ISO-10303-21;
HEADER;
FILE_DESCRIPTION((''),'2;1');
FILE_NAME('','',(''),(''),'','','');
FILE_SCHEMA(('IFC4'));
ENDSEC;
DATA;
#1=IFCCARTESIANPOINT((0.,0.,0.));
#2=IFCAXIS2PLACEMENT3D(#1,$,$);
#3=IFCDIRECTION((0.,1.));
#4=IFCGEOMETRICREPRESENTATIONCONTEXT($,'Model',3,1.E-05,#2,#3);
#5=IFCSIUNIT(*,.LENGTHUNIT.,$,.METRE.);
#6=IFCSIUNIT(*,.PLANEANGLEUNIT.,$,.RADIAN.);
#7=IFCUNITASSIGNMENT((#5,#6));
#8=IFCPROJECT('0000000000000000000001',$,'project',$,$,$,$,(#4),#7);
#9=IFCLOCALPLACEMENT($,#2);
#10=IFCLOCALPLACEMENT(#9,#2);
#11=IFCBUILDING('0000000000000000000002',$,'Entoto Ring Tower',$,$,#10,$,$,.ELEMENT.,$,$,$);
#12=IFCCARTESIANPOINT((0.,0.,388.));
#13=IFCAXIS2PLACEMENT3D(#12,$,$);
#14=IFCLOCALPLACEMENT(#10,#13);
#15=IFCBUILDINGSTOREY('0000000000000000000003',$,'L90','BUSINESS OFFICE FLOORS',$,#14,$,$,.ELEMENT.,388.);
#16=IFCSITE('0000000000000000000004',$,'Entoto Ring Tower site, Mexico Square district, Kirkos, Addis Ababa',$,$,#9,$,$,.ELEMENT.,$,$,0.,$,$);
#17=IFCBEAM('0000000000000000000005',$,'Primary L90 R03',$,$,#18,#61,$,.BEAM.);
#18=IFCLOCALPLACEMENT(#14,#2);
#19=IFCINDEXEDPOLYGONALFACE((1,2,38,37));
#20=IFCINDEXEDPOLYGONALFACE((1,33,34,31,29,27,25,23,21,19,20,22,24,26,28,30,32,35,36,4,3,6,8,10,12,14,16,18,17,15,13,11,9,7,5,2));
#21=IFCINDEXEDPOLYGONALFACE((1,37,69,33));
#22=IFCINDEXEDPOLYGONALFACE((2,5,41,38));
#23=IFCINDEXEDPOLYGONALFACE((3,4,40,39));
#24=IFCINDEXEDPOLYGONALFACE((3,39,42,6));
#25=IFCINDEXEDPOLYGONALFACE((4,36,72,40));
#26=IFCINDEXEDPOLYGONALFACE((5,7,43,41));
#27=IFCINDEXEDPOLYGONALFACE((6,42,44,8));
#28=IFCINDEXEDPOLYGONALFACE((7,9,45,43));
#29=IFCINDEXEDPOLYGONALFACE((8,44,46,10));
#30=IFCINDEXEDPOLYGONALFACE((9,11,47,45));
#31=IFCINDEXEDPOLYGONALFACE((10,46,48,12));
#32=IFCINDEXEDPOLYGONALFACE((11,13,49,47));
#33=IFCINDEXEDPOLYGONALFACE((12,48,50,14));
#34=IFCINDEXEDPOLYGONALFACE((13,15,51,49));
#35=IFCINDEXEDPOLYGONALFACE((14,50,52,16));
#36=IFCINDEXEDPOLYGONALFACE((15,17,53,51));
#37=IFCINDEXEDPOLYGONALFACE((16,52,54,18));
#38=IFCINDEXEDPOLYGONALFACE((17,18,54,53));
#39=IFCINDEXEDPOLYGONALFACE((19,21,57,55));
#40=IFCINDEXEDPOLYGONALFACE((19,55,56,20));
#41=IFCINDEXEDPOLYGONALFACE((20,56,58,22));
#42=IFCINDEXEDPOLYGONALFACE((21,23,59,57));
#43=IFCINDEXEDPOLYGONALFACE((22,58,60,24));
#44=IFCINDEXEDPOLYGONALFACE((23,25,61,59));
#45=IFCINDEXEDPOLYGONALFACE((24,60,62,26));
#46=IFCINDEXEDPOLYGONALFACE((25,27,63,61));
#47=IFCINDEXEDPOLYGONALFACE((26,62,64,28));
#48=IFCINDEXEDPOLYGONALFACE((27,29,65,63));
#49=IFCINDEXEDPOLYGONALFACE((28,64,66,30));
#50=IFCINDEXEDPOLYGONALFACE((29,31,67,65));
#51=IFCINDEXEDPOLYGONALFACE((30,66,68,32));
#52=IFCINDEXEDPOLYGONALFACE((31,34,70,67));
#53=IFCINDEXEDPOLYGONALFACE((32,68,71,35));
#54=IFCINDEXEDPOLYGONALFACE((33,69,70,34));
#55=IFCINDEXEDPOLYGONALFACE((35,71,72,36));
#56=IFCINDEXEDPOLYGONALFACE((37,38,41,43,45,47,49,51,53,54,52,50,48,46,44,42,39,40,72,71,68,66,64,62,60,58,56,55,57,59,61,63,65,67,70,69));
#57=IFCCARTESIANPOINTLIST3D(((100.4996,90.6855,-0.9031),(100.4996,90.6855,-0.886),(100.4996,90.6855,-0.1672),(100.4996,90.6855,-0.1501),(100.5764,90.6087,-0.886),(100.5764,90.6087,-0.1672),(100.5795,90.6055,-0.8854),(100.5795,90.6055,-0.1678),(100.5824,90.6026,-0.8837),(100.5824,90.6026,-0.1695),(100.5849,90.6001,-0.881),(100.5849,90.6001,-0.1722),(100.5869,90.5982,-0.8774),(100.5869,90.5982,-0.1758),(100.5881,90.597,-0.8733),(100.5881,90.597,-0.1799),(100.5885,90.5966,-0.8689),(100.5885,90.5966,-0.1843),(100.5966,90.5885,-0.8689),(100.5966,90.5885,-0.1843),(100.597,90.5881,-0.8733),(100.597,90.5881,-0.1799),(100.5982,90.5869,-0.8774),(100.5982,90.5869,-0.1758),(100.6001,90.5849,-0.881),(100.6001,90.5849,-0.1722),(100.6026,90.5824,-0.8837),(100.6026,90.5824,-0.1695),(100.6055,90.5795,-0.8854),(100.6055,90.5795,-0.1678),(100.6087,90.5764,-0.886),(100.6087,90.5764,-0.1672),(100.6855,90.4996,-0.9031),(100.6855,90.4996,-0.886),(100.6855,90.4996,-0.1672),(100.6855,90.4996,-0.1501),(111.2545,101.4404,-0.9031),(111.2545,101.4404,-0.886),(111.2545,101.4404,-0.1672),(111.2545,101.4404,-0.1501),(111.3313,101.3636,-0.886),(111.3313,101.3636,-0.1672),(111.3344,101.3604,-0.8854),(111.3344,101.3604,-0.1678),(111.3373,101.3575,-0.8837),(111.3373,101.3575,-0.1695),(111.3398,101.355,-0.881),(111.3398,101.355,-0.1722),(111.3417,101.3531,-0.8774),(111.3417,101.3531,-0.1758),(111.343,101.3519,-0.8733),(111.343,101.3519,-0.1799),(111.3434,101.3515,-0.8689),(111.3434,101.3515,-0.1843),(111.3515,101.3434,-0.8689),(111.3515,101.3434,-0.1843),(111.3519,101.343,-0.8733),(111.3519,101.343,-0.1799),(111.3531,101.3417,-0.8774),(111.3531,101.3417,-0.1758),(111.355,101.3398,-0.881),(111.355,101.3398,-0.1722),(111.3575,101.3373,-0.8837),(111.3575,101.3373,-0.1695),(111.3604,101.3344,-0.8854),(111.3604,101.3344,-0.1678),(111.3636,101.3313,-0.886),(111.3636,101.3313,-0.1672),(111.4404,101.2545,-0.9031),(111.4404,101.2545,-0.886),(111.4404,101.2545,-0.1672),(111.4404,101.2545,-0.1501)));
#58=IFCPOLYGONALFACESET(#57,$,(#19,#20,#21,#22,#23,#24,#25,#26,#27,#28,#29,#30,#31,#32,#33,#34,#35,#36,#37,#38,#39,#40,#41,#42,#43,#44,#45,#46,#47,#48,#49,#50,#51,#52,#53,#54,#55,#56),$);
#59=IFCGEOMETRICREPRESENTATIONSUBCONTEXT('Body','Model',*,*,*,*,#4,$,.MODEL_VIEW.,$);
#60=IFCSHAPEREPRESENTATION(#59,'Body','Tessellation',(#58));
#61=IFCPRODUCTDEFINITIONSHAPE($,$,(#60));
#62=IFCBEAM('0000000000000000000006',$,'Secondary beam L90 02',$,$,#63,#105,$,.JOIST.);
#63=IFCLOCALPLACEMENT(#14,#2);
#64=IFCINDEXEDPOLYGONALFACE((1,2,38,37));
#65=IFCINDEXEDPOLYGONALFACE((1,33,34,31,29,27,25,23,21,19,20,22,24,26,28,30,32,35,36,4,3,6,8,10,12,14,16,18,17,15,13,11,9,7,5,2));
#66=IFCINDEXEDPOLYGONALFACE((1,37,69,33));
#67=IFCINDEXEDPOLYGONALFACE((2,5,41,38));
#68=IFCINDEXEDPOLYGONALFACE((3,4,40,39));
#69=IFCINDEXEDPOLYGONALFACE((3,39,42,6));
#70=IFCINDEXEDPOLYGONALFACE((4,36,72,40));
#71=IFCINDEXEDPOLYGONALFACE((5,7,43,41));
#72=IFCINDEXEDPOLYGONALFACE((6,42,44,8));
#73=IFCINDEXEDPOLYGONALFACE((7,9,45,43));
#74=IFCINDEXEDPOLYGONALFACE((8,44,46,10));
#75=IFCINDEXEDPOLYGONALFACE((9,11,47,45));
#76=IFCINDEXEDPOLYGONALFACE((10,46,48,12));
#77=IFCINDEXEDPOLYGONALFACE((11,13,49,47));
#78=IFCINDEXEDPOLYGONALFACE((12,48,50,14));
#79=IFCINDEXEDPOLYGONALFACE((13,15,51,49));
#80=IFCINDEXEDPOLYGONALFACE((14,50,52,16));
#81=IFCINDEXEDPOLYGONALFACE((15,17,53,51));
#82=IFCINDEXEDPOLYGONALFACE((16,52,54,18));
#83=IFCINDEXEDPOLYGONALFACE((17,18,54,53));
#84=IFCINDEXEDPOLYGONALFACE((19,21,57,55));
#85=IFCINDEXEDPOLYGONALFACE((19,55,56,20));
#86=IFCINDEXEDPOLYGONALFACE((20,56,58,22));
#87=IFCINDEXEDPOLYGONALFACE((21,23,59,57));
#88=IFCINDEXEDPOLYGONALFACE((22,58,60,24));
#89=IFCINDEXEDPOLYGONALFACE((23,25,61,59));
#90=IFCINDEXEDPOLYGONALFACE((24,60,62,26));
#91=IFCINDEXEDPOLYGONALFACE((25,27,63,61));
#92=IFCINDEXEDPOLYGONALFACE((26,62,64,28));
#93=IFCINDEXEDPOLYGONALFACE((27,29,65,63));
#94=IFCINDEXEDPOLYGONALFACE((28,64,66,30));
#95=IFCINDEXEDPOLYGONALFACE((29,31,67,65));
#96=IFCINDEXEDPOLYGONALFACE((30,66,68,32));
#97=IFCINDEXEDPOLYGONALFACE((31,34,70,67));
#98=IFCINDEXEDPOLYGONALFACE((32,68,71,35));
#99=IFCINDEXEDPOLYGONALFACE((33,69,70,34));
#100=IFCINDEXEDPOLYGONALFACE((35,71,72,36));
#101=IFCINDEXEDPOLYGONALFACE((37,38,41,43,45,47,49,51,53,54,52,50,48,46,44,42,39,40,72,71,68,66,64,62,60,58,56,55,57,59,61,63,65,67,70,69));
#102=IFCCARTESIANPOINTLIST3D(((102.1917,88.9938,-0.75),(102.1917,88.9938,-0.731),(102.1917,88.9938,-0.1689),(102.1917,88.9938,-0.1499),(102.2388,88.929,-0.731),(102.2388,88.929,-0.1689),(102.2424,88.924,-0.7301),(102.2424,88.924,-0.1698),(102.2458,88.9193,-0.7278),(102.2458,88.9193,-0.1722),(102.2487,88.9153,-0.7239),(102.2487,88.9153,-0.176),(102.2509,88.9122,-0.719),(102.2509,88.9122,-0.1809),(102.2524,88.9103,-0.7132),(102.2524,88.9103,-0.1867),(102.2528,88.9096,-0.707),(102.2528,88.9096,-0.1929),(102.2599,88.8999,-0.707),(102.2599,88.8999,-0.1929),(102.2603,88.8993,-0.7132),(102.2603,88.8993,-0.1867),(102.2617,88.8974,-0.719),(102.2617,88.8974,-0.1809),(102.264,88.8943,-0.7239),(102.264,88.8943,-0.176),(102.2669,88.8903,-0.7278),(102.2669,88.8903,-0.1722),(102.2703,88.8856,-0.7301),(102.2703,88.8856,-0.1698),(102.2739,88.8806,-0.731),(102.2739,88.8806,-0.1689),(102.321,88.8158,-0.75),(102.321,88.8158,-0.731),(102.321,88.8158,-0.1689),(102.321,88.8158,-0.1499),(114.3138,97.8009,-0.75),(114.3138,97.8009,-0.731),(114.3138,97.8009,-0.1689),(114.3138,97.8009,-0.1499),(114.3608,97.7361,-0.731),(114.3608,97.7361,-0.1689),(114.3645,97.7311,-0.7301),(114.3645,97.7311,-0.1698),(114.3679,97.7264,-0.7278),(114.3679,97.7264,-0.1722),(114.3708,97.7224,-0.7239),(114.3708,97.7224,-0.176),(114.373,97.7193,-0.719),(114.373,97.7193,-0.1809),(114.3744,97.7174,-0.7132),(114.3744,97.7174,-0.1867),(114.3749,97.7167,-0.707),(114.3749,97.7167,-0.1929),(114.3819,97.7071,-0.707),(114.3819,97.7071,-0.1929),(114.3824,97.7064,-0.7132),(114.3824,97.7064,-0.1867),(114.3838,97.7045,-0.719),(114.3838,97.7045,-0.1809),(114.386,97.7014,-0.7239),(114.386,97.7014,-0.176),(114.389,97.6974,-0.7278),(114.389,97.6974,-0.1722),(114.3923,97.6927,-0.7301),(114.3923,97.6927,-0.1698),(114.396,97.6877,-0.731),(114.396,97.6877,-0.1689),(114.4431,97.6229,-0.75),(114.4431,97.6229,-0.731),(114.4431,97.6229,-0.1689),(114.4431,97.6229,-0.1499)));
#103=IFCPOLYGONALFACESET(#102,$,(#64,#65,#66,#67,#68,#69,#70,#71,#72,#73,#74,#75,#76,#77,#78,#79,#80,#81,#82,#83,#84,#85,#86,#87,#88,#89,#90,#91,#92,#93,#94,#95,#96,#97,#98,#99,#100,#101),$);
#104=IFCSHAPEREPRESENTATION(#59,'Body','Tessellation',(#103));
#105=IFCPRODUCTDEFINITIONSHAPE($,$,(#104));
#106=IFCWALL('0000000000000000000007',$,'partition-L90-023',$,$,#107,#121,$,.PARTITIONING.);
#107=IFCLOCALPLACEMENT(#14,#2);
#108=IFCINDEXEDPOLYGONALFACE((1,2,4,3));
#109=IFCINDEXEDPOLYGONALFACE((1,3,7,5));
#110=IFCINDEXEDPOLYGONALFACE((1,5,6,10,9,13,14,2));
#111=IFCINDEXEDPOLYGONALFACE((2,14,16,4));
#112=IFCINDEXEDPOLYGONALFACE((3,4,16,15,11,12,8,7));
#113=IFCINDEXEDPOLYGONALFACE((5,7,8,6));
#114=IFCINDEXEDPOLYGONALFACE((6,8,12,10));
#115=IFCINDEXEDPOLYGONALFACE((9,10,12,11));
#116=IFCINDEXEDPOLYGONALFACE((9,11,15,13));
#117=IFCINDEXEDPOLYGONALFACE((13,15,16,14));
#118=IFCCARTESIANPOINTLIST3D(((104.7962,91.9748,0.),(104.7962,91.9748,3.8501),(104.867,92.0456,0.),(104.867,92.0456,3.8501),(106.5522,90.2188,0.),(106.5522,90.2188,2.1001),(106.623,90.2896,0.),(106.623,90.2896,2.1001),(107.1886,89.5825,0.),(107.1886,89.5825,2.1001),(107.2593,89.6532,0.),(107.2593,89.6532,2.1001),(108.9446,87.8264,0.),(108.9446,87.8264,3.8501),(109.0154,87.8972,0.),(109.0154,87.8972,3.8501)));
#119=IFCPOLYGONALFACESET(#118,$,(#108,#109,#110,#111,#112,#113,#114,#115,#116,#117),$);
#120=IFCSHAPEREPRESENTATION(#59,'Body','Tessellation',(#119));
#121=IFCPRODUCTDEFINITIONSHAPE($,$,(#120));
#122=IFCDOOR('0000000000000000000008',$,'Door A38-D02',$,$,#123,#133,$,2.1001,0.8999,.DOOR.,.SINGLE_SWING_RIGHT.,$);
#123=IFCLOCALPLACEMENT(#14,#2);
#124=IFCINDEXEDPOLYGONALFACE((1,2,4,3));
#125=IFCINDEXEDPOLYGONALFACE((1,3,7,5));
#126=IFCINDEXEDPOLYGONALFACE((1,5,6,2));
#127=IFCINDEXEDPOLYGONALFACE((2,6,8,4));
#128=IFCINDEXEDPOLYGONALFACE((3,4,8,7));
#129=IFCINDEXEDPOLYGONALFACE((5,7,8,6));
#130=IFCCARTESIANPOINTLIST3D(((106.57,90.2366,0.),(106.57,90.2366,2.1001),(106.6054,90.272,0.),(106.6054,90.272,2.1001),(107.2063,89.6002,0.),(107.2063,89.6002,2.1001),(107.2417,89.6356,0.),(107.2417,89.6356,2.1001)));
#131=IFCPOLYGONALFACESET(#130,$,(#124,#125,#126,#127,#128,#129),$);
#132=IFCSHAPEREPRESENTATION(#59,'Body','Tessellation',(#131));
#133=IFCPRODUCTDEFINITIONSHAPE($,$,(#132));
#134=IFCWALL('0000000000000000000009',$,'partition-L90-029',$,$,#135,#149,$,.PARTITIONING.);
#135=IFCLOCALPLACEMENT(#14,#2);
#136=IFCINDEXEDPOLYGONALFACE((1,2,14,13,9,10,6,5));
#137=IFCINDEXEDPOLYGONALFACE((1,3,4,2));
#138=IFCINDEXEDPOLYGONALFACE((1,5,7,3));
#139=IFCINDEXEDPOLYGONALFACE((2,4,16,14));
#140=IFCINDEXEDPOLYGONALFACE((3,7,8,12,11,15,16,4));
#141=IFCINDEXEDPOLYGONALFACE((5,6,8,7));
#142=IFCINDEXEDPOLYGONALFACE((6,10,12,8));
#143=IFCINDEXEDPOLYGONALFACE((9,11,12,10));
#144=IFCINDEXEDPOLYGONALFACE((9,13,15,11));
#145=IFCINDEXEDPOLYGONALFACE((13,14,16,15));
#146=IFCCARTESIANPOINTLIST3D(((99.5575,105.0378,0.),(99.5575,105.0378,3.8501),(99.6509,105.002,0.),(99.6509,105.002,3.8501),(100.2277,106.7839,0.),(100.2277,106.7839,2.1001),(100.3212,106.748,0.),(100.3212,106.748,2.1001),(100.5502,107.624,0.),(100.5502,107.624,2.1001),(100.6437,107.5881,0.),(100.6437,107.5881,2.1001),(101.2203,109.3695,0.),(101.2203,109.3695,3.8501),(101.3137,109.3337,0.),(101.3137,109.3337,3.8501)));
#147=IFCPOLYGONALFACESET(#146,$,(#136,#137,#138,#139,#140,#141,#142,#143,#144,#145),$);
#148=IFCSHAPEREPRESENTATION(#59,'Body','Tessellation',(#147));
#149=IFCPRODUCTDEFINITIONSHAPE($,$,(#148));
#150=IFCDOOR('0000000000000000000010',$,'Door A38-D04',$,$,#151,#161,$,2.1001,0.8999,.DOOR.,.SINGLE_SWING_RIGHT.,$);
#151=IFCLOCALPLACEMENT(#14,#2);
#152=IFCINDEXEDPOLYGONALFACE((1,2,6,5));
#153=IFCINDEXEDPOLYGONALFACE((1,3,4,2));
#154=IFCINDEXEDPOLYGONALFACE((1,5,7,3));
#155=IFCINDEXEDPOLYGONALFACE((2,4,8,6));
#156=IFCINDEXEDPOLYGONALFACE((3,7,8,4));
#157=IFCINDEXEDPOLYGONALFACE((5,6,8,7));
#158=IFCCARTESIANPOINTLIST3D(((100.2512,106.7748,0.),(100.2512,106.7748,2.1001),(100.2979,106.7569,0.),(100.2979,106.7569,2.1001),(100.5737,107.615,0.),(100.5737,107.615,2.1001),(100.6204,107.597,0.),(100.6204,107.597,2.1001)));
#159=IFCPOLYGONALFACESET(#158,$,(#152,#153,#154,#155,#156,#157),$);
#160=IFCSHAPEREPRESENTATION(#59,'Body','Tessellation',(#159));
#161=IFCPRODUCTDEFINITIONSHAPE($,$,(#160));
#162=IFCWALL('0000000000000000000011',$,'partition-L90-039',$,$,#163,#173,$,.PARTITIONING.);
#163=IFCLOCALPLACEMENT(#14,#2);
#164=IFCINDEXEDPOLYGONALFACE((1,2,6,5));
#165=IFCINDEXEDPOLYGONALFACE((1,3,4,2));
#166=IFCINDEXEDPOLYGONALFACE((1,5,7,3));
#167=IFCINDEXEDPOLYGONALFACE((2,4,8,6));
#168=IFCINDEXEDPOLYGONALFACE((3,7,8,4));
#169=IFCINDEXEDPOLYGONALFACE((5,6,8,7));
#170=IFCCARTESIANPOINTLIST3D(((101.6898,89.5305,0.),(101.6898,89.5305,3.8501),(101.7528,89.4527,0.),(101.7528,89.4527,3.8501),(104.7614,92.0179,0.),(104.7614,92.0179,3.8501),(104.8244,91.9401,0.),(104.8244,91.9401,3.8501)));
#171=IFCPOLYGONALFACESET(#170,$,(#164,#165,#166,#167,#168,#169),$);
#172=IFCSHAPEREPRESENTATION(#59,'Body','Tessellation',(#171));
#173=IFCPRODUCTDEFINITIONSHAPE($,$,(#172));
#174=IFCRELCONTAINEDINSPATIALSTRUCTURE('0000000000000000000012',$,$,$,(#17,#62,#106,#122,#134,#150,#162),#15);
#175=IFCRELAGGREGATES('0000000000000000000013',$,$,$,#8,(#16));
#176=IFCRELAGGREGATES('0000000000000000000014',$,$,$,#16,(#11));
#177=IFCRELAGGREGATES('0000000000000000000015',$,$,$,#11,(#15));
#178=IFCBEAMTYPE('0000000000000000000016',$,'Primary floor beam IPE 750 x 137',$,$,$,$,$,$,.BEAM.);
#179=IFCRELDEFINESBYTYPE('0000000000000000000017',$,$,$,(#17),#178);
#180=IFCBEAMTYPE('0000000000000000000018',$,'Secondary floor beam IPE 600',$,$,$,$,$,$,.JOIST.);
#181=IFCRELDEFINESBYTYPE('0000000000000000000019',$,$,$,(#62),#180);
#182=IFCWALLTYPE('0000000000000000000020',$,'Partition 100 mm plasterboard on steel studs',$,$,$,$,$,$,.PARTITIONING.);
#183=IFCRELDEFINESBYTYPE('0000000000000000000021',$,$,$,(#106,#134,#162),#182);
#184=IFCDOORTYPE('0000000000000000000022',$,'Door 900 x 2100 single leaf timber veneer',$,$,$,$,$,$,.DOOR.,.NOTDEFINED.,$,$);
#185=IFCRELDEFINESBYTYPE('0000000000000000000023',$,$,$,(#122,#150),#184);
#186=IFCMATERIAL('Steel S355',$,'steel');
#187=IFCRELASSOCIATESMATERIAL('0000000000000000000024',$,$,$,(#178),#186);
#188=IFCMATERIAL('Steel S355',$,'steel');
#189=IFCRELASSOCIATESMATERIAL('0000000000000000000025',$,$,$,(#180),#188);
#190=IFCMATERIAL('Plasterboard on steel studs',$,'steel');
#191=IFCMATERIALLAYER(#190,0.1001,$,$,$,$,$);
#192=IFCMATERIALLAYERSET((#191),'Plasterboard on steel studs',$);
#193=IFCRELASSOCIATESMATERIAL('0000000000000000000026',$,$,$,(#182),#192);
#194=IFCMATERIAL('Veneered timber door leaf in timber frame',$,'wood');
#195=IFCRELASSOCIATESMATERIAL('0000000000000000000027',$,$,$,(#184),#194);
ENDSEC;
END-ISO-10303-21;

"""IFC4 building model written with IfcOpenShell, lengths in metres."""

from ifc_helpers import new_model, si_unit, direction, frame, frame_2d, origin, origin_2d, place, context, subcontext, project, spatial, rectangle, i_section, extrude, material, layer, layer_set, material_profile, profile_set, type_object, element, fill, save


model = new_model("IFC4")

# Units and contexts
model_context = context("Model", 3, precision=1e-05, world=origin(), true_north=direction((0.0, 1.0)))
body_context = subcontext(model_context, "Body", "Model", "MODEL_VIEW")
ifc_project = project(units=[si_unit("LENGTHUNIT", "METRE"), si_unit("PLANEANGLEUNIT", "RADIAN")], contexts=[model_context])

# Site, building, storey
site_placement = place(None, origin())
site = spatial("IfcSite", under=ifc_project, at=site_placement, Name="Entoto Ring Tower site, Mexico Square district, Kirkos, Addis Ababa", CompositionType="ELEMENT", RefElevation=0.0)
building_placement = place(site_placement, origin())
building = spatial("IfcBuilding", under=site, at=building_placement, Name="Entoto Ring Tower", CompositionType="ELEMENT")
storey_placement = place(building_placement, frame((0.0, 0.0, 388.0)))
storey = spatial("IfcBuildingStorey", under=building, at=storey_placement, Name="L90", Description="BUSINESS OFFICE FLOORS", CompositionType="ELEMENT", Elevation=388.0)

# Beams
ifc_material_1 = material(Name="Steel S355", Category="steel")
ifc_material_profile_1 = material_profile(ifc_material_1, i_section(OverallWidth=0.2629, OverallDepth=0.7529, WebThickness=0.0115, FlangeThickness=0.0171, FilletRadius=0.0171, at=origin_2d()), Name="IPE 750 x 137")
ifc_profile_set_1 = profile_set([ifc_material_profile_1], Name="Steel S355")
beam_type_1 = type_object("IfcBeamType", Name="Primary floor beam IPE 750 x 137", PredefinedType="BEAM", material=ifc_profile_set_1)
beam_1_placement = place(storey_placement, frame((100.5925, 90.5925, -0.5266), z_axis=(0.707107, 0.707107, 0.0), x_axis=(-0.707107, 0.707107, 0.0)))
element("IfcBeam", 1, at=beam_1_placement, inside=storey, type_object=beam_type_1, Name="Primary L90 R03", PredefinedType="BEAM", context=body_context, shape_type="SweptSolid", body=[
    extrude(i_section(OverallWidth=0.2629, OverallDepth=0.7529, WebThickness=0.0115, FlangeThickness=0.0171, FilletRadius=0.0171, at=origin_2d()), origin(), (0.0, 0.0, 1.0), 15.2097),
])
ifc_material_2 = material(Name="Steel S355", Category="steel")
ifc_material_profile_2 = material_profile(ifc_material_2, i_section(OverallWidth=0.22, OverallDepth=0.6001, WebThickness=0.012, FlangeThickness=0.019, FilletRadius=0.0239, at=origin_2d()), Name="IPE 600")
ifc_profile_set_2 = profile_set([ifc_material_profile_2], Name="Steel S355")
beam_type_2 = type_object("IfcBeamType", Name="Secondary floor beam IPE 600", PredefinedType="JOIST", material=ifc_profile_set_2)
beam_2_placement = place(storey_placement, frame((102.2563, 88.9048, -0.45), z_axis=(0.809019, 0.587782, 0.0), x_axis=(-0.587782, 0.809019, 0.0)))
element("IfcBeam", 2, at=beam_2_placement, inside=storey, type_object=beam_type_2, Name="Secondary beam L90 02", PredefinedType="JOIST", context=body_context, shape_type="SweptSolid", body=[
    extrude(i_section(OverallWidth=0.22, OverallDepth=0.6001, WebThickness=0.012, FlangeThickness=0.019, FilletRadius=0.0239, at=origin_2d()), origin(), (0.0, 0.0, 1.0), 14.9836),
])

# Walls, openings, doors
ifc_material_3 = material(Name="Plasterboard on steel studs", Category="steel")
ifc_layer = layer(ifc_material_3, 0.1001)
ifc_layer_set = layer_set([ifc_layer], Name="Plasterboard on steel studs")
wall_type = type_object("IfcWallType", Name="Partition 100 mm plasterboard on steel studs", PredefinedType="PARTITIONING", material=ifc_layer_set)
wall_1_placement = place(storey_placement, frame((108.98, 87.8618, 0.0), z_axis=(0.0, 0.0, 1.0), x_axis=(-0.707107, 0.707107, 0.0)))
wall_1 = element("IfcWall", 3, at=wall_1_placement, inside=storey, type_object=wall_type, Name="partition-L90-023", PredefinedType="PARTITIONING", context=body_context, shape_type="SweptSolid", body=[
    extrude(rectangle(XDim=5.8667, YDim=0.1001, at=frame_2d((2.9333, 0.0))), origin(), (0.0, 0.0, 1.0), 3.8501),
])
opening_1_placement = place(wall_1_placement, frame((2.4834, 0.0, 0.0)))
opening_1 = element("IfcOpeningElement", 4, at=opening_1_placement, cuts=wall_1, PredefinedType="OPENING", context=body_context, shape_type="SweptSolid", body=[
    extrude(rectangle(XDim=0.8999, YDim=2.1001, at=frame_2d((0.45, 1.05))), frame((0.0, 0.0601, 0.0), z_axis=(0.0, -1.0, 0.0), x_axis=(1.0, 0.0, 0.0)), (0.0, 0.0, 1.0), 0.1201),
])
ifc_material_4 = material(Name="Veneered timber door leaf in timber frame", Category="wood")
door_type = type_object("IfcDoorType", Name="Door 900 x 2100 single leaf timber veneer", OperationType="NOTDEFINED", PredefinedType="DOOR", material=ifc_material_4)
door_1_placement = place(opening_1_placement, origin())
door_1 = element("IfcDoor", 5, at=door_1_placement, inside=storey, type_object=door_type, Name="Door A38-D02", OperationType="SINGLE_SWING_RIGHT", OverallHeight=2.1001, OverallWidth=0.8999, PredefinedType="DOOR", context=body_context, shape_type="SweptSolid", body=[
    extrude(rectangle(XDim=0.8999, YDim=2.1001, at=frame_2d((0.45, 1.05))), frame((0.0, 0.0249, 0.0), z_axis=(0.0, -1.0, 0.0), x_axis=(1.0, 0.0, 0.0)), (0.0, 0.0, 1.0), 0.05),
])
fill(opening_1, door_1)
wall_2_placement = place(storey_placement, frame((99.6042, 105.02, 0.0), z_axis=(0.0, 0.0, 1.0), x_axis=(0.358373, 0.933579, 0.0)))
wall_2 = element("IfcWall", 6, at=wall_2_placement, inside=storey, type_object=wall_type, Name="partition-L90-029", PredefinedType="PARTITIONING", context=body_context, shape_type="SweptSolid", body=[
    extrude(rectangle(XDim=4.6399, YDim=0.1001, at=frame_2d((2.3198, 0.0))), origin(), (0.0, 0.0, 1.0), 3.8501),
])
opening_2_placement = place(wall_2_placement, frame((1.8701, 0.0, 0.0)))
opening_2 = element("IfcOpeningElement", 7, at=opening_2_placement, cuts=wall_2, PredefinedType="OPENING", context=body_context, shape_type="SweptSolid", body=[
    extrude(rectangle(XDim=0.8999, YDim=2.1001, at=frame_2d((0.45, 1.05))), frame((0.0, 0.0601, 0.0), z_axis=(0.0, -1.0, 0.0), x_axis=(1.0, 0.0, 0.0)), (0.0, 0.0, 1.0), 0.1201),
])
door_2_placement = place(opening_2_placement, origin())
door_2 = element("IfcDoor", 8, at=door_2_placement, inside=storey, type_object=door_type, Name="Door A38-D04", OperationType="SINGLE_SWING_RIGHT", OverallHeight=2.1001, OverallWidth=0.8999, PredefinedType="DOOR", context=body_context, shape_type="SweptSolid", body=[
    extrude(rectangle(XDim=0.8999, YDim=2.1001, at=frame_2d((0.45, 1.05))), frame((0.0, 0.0249, 0.0), z_axis=(0.0, -1.0, 0.0), x_axis=(1.0, 0.0, 0.0)), (0.0, 0.0, 1.0), 0.05),
])
fill(opening_2, door_2)

# Wall
wall_3_placement = place(storey_placement, frame((101.7214, 89.4917, 0.0), z_axis=(0.0, 0.0, 1.0), x_axis=(0.777143, 0.629324, 0.0)))
element("IfcWall", 9, at=wall_3_placement, inside=storey, type_object=wall_type, Name="partition-L90-039", PredefinedType="PARTITIONING", context=body_context, shape_type="SweptSolid", body=[
    extrude(rectangle(XDim=3.9524, YDim=0.1001, at=frame_2d((1.9761, 0.0))), origin(), (0.0, 0.0, 1.0), 3.8501),
])

save(model, "model.ifc")
